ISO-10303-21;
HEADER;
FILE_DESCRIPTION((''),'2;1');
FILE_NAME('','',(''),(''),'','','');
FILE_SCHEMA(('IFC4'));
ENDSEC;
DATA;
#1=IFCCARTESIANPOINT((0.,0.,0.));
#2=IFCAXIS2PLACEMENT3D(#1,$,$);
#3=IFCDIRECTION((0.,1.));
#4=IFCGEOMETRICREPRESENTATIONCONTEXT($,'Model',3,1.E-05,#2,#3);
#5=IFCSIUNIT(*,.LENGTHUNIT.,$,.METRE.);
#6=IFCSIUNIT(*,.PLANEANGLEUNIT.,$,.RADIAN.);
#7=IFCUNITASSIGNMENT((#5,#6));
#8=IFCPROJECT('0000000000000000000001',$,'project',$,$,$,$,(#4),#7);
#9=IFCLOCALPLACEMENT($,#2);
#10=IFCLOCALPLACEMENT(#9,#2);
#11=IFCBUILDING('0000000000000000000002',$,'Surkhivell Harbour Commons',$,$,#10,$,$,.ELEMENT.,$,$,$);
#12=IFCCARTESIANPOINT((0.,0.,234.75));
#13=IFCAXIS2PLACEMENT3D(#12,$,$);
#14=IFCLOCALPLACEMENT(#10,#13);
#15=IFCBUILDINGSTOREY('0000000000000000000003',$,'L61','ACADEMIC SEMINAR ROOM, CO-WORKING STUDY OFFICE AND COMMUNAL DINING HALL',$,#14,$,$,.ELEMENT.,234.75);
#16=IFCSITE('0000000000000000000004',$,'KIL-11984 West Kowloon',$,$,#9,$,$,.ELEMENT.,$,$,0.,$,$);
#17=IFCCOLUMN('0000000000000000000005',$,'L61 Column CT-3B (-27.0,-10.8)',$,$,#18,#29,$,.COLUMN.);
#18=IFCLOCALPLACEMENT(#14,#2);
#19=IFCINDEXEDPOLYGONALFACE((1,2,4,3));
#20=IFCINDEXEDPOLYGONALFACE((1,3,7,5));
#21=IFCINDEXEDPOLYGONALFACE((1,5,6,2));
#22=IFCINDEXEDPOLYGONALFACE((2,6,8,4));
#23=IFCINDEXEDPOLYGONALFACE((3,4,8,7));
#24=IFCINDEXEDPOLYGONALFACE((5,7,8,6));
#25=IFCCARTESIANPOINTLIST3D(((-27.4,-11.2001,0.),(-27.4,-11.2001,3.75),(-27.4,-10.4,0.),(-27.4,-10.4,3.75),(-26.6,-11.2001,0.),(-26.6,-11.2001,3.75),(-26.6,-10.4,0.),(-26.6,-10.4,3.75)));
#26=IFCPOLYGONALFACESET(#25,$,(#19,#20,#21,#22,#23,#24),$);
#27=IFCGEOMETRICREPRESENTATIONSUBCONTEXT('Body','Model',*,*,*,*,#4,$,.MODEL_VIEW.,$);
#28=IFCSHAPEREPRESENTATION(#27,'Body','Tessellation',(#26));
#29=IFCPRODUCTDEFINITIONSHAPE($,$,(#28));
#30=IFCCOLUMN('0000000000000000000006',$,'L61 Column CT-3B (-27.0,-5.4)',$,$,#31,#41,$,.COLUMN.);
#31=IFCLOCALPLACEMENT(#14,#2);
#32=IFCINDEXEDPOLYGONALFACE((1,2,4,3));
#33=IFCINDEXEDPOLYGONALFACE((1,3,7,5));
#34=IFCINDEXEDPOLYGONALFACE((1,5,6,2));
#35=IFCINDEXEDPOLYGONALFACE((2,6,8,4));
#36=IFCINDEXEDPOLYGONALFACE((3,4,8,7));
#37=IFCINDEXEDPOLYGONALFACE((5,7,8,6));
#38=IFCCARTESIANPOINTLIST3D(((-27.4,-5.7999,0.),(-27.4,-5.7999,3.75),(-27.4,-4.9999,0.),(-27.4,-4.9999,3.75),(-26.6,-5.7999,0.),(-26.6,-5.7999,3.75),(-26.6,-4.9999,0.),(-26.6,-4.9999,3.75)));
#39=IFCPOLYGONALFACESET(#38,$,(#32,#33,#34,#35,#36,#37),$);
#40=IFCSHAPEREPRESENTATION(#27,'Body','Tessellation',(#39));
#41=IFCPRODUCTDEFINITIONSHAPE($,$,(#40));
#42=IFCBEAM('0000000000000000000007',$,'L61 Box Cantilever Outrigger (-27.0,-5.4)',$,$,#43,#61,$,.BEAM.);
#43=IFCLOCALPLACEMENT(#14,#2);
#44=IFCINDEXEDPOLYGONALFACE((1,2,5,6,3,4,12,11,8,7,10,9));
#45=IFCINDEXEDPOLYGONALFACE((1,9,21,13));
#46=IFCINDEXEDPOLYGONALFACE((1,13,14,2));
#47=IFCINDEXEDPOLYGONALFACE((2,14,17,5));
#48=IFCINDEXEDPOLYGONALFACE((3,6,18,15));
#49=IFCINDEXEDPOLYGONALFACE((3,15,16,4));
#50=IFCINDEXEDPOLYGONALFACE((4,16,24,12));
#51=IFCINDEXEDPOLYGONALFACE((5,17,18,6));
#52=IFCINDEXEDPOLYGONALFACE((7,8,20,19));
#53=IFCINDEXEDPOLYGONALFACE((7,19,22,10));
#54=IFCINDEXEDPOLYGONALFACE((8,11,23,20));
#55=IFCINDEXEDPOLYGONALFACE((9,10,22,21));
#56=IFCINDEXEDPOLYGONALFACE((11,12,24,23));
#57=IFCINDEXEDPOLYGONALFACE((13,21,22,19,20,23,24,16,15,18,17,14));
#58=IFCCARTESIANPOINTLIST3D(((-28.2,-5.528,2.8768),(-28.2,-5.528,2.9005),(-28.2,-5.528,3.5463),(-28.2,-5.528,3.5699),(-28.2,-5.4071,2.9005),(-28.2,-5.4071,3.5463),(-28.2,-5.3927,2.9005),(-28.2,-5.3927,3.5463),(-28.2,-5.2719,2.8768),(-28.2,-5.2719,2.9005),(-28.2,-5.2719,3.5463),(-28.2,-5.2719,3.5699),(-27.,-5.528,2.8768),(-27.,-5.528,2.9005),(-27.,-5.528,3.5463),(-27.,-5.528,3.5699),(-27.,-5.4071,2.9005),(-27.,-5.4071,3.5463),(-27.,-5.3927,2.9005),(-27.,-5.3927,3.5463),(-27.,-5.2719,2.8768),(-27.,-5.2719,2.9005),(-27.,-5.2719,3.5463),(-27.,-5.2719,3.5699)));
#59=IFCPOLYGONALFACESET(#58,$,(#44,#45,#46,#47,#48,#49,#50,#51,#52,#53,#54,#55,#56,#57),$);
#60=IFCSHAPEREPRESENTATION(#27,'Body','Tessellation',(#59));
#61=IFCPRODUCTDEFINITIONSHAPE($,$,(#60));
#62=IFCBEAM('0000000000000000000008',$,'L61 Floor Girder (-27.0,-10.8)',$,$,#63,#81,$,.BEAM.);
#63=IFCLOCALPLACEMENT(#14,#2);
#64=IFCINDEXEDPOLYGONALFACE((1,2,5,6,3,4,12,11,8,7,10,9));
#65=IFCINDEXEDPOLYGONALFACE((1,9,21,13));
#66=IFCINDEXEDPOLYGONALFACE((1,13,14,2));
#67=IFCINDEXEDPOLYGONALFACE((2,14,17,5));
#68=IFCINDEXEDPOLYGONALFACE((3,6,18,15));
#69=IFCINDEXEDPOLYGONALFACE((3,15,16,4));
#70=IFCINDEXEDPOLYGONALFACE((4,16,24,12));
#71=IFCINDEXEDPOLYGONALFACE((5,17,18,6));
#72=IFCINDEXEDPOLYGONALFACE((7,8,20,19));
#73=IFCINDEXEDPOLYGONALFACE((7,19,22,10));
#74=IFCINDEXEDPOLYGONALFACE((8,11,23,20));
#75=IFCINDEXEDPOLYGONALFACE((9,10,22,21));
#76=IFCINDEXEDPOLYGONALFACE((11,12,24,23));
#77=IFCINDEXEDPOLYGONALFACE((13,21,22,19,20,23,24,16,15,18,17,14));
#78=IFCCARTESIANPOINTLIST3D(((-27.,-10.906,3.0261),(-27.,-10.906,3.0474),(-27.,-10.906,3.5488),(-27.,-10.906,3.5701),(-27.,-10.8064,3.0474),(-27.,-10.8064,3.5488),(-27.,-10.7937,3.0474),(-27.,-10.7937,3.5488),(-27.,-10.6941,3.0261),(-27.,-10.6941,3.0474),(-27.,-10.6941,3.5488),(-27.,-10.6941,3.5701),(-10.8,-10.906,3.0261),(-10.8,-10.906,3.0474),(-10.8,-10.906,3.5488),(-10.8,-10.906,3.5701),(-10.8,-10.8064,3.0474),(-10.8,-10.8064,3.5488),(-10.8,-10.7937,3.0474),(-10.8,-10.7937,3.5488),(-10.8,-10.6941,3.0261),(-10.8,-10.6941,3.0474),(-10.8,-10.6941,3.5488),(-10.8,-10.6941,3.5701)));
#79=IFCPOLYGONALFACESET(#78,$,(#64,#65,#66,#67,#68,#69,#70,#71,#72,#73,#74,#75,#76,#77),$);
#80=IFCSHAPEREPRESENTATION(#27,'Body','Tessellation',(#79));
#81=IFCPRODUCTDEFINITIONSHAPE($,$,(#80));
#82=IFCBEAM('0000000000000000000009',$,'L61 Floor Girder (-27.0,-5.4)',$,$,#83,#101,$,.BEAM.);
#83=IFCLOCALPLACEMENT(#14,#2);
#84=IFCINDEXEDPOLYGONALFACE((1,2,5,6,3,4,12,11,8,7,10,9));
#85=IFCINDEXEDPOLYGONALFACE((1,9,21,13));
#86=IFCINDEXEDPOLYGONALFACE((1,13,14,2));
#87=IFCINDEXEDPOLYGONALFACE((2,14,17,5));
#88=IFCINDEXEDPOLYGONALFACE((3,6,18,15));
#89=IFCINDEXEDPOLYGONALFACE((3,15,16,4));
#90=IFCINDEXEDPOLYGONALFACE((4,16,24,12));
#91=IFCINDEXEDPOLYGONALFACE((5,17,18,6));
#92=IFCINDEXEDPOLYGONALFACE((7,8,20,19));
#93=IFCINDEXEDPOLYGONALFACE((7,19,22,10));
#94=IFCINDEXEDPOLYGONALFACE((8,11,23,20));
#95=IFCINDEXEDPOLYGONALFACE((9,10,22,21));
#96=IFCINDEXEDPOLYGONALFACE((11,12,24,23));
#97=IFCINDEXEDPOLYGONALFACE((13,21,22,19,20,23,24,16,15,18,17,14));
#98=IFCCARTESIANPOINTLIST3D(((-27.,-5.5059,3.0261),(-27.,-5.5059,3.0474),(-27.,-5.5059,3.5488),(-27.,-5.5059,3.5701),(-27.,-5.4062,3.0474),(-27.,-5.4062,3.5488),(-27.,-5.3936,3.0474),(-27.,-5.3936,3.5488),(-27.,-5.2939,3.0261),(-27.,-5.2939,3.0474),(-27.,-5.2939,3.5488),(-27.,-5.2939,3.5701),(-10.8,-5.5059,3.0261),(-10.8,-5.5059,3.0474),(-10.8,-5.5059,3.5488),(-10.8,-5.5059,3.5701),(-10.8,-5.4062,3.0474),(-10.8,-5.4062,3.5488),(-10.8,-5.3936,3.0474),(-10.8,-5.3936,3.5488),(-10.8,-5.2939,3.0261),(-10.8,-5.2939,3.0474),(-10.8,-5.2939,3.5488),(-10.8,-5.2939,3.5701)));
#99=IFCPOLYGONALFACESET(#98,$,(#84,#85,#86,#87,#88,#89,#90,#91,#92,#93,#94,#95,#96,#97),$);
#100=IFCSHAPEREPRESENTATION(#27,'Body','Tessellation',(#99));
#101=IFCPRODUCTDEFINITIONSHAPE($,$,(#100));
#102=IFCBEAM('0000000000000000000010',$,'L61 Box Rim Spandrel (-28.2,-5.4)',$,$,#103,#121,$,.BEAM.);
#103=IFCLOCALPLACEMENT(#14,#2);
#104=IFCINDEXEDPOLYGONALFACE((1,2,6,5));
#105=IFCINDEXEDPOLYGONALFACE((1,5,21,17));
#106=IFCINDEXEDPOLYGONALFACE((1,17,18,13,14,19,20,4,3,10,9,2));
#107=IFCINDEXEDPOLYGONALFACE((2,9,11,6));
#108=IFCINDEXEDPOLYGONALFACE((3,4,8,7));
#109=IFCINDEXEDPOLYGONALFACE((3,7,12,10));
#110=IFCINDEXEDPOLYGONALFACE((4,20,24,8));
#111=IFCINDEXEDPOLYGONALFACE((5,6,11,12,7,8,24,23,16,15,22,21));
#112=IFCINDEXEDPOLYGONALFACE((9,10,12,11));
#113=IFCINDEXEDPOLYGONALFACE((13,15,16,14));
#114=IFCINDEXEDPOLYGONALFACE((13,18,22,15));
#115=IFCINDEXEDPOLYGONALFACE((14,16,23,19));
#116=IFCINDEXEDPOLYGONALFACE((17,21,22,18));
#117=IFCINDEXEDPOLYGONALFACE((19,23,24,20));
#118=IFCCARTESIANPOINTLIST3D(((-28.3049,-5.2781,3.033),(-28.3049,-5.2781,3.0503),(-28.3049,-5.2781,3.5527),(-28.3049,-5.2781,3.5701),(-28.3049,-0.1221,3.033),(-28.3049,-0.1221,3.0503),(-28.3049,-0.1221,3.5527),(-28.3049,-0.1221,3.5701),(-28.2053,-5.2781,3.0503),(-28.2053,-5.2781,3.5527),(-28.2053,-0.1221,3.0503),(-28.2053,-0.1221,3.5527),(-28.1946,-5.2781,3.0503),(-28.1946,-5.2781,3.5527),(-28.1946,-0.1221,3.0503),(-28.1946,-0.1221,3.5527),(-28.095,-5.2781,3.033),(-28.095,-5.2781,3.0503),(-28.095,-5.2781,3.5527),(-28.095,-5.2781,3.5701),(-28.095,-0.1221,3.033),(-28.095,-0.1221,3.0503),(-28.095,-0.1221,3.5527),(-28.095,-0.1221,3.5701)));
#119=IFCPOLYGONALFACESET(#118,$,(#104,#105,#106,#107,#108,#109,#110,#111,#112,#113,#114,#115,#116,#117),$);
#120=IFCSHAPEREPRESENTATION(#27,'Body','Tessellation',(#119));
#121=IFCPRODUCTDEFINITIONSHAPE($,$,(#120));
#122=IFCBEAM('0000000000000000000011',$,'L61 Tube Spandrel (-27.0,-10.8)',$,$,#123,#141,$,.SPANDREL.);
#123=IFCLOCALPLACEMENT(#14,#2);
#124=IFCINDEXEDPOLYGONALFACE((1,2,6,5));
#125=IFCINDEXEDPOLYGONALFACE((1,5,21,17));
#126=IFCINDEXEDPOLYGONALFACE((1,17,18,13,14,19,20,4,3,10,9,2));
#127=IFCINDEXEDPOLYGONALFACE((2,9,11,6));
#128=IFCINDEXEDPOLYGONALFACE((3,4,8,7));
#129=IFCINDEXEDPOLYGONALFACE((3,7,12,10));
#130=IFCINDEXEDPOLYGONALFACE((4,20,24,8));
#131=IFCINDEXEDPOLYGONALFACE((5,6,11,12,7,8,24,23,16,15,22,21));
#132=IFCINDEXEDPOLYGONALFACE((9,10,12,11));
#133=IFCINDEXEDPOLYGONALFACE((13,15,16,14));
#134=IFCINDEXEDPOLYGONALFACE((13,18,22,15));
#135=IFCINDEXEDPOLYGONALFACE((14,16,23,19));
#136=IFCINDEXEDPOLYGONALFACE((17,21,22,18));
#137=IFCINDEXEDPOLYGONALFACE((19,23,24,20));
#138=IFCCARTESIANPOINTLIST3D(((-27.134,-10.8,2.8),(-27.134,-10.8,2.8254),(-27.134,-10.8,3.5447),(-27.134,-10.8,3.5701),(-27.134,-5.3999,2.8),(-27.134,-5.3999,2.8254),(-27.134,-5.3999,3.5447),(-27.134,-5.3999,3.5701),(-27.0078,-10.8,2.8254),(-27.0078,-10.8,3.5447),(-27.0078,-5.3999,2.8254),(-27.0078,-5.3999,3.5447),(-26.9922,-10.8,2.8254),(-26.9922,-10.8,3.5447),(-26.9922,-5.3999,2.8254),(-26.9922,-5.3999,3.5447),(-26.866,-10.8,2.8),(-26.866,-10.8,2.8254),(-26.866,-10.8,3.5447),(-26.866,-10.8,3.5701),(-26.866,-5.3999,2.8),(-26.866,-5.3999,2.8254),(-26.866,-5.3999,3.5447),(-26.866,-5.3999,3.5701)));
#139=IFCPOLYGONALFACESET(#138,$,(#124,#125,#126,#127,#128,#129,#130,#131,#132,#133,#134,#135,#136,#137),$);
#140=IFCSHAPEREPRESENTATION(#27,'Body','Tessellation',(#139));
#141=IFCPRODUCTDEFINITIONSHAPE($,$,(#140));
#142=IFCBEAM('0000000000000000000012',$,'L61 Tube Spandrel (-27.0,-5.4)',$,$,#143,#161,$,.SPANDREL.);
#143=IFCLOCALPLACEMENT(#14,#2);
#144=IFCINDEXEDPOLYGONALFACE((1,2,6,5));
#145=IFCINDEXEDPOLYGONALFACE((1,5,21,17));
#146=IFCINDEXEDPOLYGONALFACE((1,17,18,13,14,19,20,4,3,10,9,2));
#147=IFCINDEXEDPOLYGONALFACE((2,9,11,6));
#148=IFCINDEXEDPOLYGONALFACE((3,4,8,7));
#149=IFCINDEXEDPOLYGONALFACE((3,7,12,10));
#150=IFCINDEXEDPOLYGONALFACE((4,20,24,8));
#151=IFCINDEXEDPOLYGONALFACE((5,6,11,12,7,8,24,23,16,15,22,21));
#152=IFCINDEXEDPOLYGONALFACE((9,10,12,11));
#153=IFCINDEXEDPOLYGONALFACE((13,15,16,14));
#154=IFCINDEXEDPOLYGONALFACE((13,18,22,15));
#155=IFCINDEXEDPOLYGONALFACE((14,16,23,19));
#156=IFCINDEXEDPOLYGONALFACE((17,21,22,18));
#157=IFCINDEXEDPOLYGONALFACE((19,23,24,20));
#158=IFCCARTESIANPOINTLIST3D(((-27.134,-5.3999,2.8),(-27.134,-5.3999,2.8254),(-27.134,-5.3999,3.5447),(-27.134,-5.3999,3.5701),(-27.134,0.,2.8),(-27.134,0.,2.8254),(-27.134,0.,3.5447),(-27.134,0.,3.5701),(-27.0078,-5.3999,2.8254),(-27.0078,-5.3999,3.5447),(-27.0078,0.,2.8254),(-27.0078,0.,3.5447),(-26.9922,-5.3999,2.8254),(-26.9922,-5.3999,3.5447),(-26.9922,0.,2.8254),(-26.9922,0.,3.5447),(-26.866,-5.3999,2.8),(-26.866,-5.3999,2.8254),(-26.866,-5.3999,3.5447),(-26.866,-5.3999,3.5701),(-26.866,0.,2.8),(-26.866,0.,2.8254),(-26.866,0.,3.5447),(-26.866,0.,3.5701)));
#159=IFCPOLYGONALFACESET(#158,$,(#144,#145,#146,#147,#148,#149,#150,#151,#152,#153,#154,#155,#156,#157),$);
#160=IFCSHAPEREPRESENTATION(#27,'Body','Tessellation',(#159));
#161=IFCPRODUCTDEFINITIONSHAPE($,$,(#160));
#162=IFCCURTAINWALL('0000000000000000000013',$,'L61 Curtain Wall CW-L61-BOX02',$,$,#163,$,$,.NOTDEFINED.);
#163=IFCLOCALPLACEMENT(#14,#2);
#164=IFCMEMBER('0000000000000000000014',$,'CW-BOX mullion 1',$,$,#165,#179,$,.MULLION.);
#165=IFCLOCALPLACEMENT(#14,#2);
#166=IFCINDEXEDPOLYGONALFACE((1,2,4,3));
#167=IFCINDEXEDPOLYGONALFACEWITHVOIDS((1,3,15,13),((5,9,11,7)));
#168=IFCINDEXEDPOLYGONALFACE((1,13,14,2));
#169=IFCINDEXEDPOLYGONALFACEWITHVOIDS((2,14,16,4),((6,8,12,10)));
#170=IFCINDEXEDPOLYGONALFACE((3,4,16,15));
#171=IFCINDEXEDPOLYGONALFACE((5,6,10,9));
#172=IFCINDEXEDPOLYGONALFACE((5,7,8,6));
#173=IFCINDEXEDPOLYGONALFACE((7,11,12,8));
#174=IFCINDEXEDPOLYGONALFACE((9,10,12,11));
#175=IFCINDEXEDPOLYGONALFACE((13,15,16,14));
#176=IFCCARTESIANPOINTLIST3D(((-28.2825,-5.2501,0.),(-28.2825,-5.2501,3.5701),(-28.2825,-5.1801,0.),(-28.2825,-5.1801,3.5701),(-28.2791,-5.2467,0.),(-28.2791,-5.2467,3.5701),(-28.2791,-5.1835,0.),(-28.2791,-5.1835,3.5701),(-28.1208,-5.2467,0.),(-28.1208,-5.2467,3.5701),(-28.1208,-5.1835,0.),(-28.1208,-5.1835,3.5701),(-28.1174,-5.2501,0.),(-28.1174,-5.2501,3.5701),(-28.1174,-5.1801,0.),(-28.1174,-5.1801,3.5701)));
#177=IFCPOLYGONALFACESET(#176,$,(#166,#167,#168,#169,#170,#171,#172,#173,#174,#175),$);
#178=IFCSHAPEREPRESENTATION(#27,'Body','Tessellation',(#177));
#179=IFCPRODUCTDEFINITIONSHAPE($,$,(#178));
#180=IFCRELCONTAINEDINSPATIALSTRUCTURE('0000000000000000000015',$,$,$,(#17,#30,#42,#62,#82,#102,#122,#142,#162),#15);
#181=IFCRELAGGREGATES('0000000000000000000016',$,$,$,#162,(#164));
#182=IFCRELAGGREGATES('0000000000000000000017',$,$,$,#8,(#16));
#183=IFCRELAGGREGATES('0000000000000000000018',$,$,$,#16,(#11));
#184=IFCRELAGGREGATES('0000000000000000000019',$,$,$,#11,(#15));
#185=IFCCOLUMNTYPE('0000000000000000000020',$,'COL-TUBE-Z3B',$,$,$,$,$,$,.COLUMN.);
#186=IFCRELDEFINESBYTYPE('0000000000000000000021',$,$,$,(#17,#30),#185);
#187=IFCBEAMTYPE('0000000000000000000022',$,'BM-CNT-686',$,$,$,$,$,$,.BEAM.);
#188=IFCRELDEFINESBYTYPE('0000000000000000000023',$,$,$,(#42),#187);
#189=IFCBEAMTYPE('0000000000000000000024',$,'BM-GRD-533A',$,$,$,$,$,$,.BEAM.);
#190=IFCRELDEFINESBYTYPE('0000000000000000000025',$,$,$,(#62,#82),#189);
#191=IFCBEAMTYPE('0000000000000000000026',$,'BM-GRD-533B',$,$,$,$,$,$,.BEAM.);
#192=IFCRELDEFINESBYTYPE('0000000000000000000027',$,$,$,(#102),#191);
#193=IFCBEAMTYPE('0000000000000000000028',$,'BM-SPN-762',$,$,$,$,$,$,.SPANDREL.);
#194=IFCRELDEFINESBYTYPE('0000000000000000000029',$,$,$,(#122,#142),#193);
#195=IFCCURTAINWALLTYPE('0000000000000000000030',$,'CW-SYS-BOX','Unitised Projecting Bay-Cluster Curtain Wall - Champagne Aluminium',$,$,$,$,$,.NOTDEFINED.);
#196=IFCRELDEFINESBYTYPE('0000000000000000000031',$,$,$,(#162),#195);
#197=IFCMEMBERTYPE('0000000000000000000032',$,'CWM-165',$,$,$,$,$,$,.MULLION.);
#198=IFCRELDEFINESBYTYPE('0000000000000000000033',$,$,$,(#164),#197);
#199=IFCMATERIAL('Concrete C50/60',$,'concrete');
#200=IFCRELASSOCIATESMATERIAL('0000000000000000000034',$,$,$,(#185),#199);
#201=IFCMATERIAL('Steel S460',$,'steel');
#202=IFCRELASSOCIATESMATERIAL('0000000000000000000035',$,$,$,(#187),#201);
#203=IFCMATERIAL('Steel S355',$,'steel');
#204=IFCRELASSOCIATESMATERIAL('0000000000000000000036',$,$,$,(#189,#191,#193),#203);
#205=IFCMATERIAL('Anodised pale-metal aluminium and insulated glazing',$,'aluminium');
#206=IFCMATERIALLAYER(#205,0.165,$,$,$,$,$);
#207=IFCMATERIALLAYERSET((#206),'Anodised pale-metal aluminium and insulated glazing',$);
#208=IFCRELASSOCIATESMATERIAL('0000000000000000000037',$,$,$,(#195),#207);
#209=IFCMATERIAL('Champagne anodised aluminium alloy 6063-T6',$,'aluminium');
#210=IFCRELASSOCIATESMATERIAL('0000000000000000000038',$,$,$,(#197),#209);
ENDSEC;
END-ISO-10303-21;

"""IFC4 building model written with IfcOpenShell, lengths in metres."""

from ifc_helpers import new_model, si_unit, direction, frame, origin, origin_2d, place, context, subcontext, project, spatial, rectangle, hollow_rectangle, i_section, extrude, material, layer, layer_set, material_profile, profile_set, type_object, element, aggregate, save


model = new_model("IFC4")

# Units and contexts
model_context = context("Model", 3, precision=1e-05, world=origin(), true_north=direction((0.0, 1.0)))
body_context = subcontext(model_context, "Body", "Model", "MODEL_VIEW")
ifc_project = project(units=[si_unit("LENGTHUNIT", "METRE"), si_unit("PLANEANGLEUNIT", "RADIAN")], contexts=[model_context])

# Site, building, storey
site_placement = place(None, origin())
site = spatial("IfcSite", under=ifc_project, at=site_placement, Name="KIL-11984 West Kowloon", CompositionType="ELEMENT", RefElevation=0.0)
building_placement = place(site_placement, origin())
building = spatial("IfcBuilding", under=site, at=building_placement, Name="Surkhivell Harbour Commons", CompositionType="ELEMENT")
storey_placement = place(building_placement, frame((0.0, 0.0, 234.75)))
storey = spatial("IfcBuildingStorey", under=building, at=storey_placement, Name="L61", Description="ACADEMIC SEMINAR ROOM, CO-WORKING STUDY OFFICE AND COMMUNAL DINING HALL", CompositionType="ELEMENT", Elevation=234.75)

# Columns
ifc_material_1 = material(Name="Concrete C50/60", Category="concrete")
ifc_material_profile_1 = material_profile(ifc_material_1, rectangle(XDim=0.8, YDim=0.8, at=origin_2d()), Name="RC-COL-800x800")
ifc_profile_set_1 = profile_set([ifc_material_profile_1], Name="Concrete C50/60")
column_type = type_object("IfcColumnType", Name="COL-TUBE-Z3B", PredefinedType="COLUMN", material=ifc_profile_set_1)
for number, where, z_axis, x_axis, name in (
    (1, (-27.0, -10.8, 0.0), (0.0, 0.0, 1.0), (1.0, 0.0, 0.0), "L61 Column CT-3B (-27.0,-10.8)"),
    (2, (-27.0, -5.3999, 0.0), (0.0, 0.0, 1.0), (1.0, 0.0, 0.0), "L61 Column CT-3B (-27.0,-5.4)"),
):
    element("IfcColumn", number, at=place(storey_placement, frame(where, z_axis=z_axis, x_axis=x_axis)), inside=storey, type_object=column_type, Name=name, PredefinedType="COLUMN", context=body_context, shape_type="SweptSolid", body=[
        extrude(rectangle(XDim=0.8, YDim=0.8, at=origin_2d()), origin(), (0.0, 0.0, 1.0), 3.75),
    ])

# Beams
ifc_material_2 = material(Name="Steel S460", Category="steel")
ifc_material_profile_2 = material_profile(ifc_material_2, i_section(OverallWidth=0.2561, OverallDepth=0.6931, WebThickness=0.0144, FlangeThickness=0.0237, at=origin_2d()), Name="UB686x254x170")
ifc_profile_set_2 = profile_set([ifc_material_profile_2], Name="Steel S460")
beam_type_1 = type_object("IfcBeamType", Name="BM-CNT-686", PredefinedType="BEAM", material=ifc_profile_set_2)
beam_1_placement = place(storey_placement, frame((-27.0, -5.3999, 3.2234), z_axis=(-1.0, 0.0, 0.0), x_axis=(0.0, -1.0, 0.0)))
element("IfcBeam", 3, at=beam_1_placement, inside=storey, type_object=beam_type_1, Name="L61 Box Cantilever Outrigger (-27.0,-5.4)", PredefinedType="BEAM", context=body_context, shape_type="SweptSolid", body=[
    extrude(i_section(OverallWidth=0.2561, OverallDepth=0.6931, WebThickness=0.0144, FlangeThickness=0.0237, at=origin_2d()), origin(), (0.0, 0.0, 1.0), 1.2),
])
ifc_material_3 = material(Name="Steel S355", Category="steel")
ifc_material_profile_3 = material_profile(ifc_material_3, i_section(OverallWidth=0.2119, OverallDepth=0.5439, WebThickness=0.0127, FlangeThickness=0.0212, at=origin_2d()), Name="UB533x210x122")
ifc_profile_set_3 = profile_set([ifc_material_profile_3], Name="Steel S355")
beam_type_2 = type_object("IfcBeamType", Name="BM-GRD-533A", PredefinedType="BEAM", material=ifc_profile_set_3)
for number, where, z_axis, x_axis, name in (
    (4, (-27.0, -10.8, 3.2981), (1.0, 0.0, 0.0), (0.0, 1.0, 0.0), "L61 Floor Girder (-27.0,-10.8)"),
    (5, (-27.0, -5.3999, 3.2981), (1.0, 0.0, 0.0), (0.0, 1.0, 0.0), "L61 Floor Girder (-27.0,-5.4)"),
):
    element("IfcBeam", number, at=place(storey_placement, frame(where, z_axis=z_axis, x_axis=x_axis)), inside=storey, type_object=beam_type_2, Name=name, PredefinedType="BEAM", context=body_context, shape_type="SweptSolid", body=[
        extrude(i_section(OverallWidth=0.2119, OverallDepth=0.5439, WebThickness=0.0127, FlangeThickness=0.0212, at=origin_2d()), origin(), (0.0, 0.0, 1.0), 16.2),
    ])
ifc_material_profile_4 = material_profile(ifc_material_3, i_section(OverallWidth=0.21, OverallDepth=0.5371, WebThickness=0.0107, FlangeThickness=0.0173, at=origin_2d()), Name="UB533x210x101")
ifc_profile_set_4 = profile_set([ifc_material_profile_4], Name="Steel S355")
beam_type_3 = type_object("IfcBeamType", Name="BM-GRD-533B", PredefinedType="BEAM", material=ifc_profile_set_4)
beam_2_placement = place(storey_placement, frame((-28.2, -5.2781, 3.3015), z_axis=(0.0, 1.0, 0.0), x_axis=(-1.0, 0.0, 0.0)))
element("IfcBeam", 6, at=beam_2_placement, inside=storey, type_object=beam_type_3, Name="L61 Box Rim Spandrel (-28.2,-5.4)", PredefinedType="BEAM", context=body_context, shape_type="SweptSolid", body=[
    extrude(i_section(OverallWidth=0.21, OverallDepth=0.5371, WebThickness=0.0107, FlangeThickness=0.0173, at=origin_2d()), origin(), (0.0, 0.0, 1.0), 5.156),
])
ifc_material_profile_5 = material_profile(ifc_material_3, i_section(OverallWidth=0.2681, OverallDepth=0.77, WebThickness=0.0156, FlangeThickness=0.0254, at=origin_2d()), Name="UB762x267x197")
ifc_profile_set_5 = profile_set([ifc_material_profile_5], Name="Steel S355")
beam_type_4 = type_object("IfcBeamType", Name="BM-SPN-762", PredefinedType="SPANDREL", material=ifc_profile_set_5)
beam_3_placement = place(storey_placement, frame((-27.0, -10.8, 3.1851), z_axis=(0.0, 1.0, 0.0), x_axis=(-1.0, 0.0, 0.0)))
element("IfcBeam", 7, at=beam_3_placement, inside=storey, type_object=beam_type_4, Name="L61 Tube Spandrel (-27.0,-10.8)", PredefinedType="SPANDREL", context=body_context, shape_type="SweptSolid", body=[
    extrude(i_section(OverallWidth=0.2681, OverallDepth=0.77, WebThickness=0.0156, FlangeThickness=0.0254, at=origin_2d()), origin(), (0.0, 0.0, 1.0), 5.4001),
])
beam_4_placement = place(storey_placement, frame((-27.0, -5.3999, 3.1851), z_axis=(0.0, 1.0, 0.0), x_axis=(-1.0, 0.0, 0.0)))
element("IfcBeam", 8, at=beam_4_placement, inside=storey, type_object=beam_type_4, Name="L61 Tube Spandrel (-27.0,-5.4)", PredefinedType="SPANDREL", context=body_context, shape_type="SweptSolid", body=[
    extrude(i_section(OverallWidth=0.2681, OverallDepth=0.77, WebThickness=0.0156, FlangeThickness=0.0254, at=origin_2d()), origin(), (0.0, 0.0, 1.0), 5.3999),
])

# Curtain wall, member
ifc_material_4 = material(Name="Anodised pale-metal aluminium and insulated glazing", Category="aluminium")
ifc_layer_1 = layer(ifc_material_4, 0.165)
ifc_layer_set_1 = layer_set([ifc_layer_1], Name="Anodised pale-metal aluminium and insulated glazing")
curtain_wall_type_1 = type_object("IfcCurtainWallType", Name="CW-SYS-BOX", Description="Unitised Projecting Bay-Cluster Curtain Wall - Champagne Aluminium", PredefinedType="NOTDEFINED", material=ifc_layer_set_1)
curtain_wall_1_placement = place(storey_placement, origin())
curtain_wall_1 = element("IfcCurtainWall", 9, at=curtain_wall_1_placement, inside=storey, type_object=curtain_wall_type_1, Name="L61 Curtain Wall CW-L61-BOX02", PredefinedType="NOTDEFINED")
ifc_material_5 = material(Name="Champagne anodised aluminium alloy 6063-T6", Category="aluminium")
ifc_material_profile_6 = material_profile(ifc_material_5, hollow_rectangle(XDim=0.0701, YDim=0.165, WallThickness=0.0034, at=origin_2d()), Name="ALU-MULL-70x165")
ifc_profile_set_6 = profile_set([ifc_material_profile_6], Name="Champagne anodised aluminium alloy 6063-T6")
member_type_1 = type_object("IfcMemberType", Name="CWM-165", PredefinedType="MULLION", material=ifc_profile_set_6)
member_1_placement = place(storey_placement, frame((-28.2, -5.2151, 0.0), z_axis=(0.0, 0.0, 1.0), x_axis=(0.0, 1.0, 0.0)))
member_1 = element("IfcMember", 10, at=member_1_placement, type_object=member_type_1, Name="CW-BOX mullion 1", PredefinedType="MULLION", context=body_context, shape_type="SweptSolid", body=[
    extrude(hollow_rectangle(XDim=0.0701, YDim=0.165, WallThickness=0.0034, at=origin_2d()), origin(), (0.0, 0.0, 1.0), 3.5701),
])

aggregate(curtain_wall_1, [member_1])

save(model, "model.ifc")
